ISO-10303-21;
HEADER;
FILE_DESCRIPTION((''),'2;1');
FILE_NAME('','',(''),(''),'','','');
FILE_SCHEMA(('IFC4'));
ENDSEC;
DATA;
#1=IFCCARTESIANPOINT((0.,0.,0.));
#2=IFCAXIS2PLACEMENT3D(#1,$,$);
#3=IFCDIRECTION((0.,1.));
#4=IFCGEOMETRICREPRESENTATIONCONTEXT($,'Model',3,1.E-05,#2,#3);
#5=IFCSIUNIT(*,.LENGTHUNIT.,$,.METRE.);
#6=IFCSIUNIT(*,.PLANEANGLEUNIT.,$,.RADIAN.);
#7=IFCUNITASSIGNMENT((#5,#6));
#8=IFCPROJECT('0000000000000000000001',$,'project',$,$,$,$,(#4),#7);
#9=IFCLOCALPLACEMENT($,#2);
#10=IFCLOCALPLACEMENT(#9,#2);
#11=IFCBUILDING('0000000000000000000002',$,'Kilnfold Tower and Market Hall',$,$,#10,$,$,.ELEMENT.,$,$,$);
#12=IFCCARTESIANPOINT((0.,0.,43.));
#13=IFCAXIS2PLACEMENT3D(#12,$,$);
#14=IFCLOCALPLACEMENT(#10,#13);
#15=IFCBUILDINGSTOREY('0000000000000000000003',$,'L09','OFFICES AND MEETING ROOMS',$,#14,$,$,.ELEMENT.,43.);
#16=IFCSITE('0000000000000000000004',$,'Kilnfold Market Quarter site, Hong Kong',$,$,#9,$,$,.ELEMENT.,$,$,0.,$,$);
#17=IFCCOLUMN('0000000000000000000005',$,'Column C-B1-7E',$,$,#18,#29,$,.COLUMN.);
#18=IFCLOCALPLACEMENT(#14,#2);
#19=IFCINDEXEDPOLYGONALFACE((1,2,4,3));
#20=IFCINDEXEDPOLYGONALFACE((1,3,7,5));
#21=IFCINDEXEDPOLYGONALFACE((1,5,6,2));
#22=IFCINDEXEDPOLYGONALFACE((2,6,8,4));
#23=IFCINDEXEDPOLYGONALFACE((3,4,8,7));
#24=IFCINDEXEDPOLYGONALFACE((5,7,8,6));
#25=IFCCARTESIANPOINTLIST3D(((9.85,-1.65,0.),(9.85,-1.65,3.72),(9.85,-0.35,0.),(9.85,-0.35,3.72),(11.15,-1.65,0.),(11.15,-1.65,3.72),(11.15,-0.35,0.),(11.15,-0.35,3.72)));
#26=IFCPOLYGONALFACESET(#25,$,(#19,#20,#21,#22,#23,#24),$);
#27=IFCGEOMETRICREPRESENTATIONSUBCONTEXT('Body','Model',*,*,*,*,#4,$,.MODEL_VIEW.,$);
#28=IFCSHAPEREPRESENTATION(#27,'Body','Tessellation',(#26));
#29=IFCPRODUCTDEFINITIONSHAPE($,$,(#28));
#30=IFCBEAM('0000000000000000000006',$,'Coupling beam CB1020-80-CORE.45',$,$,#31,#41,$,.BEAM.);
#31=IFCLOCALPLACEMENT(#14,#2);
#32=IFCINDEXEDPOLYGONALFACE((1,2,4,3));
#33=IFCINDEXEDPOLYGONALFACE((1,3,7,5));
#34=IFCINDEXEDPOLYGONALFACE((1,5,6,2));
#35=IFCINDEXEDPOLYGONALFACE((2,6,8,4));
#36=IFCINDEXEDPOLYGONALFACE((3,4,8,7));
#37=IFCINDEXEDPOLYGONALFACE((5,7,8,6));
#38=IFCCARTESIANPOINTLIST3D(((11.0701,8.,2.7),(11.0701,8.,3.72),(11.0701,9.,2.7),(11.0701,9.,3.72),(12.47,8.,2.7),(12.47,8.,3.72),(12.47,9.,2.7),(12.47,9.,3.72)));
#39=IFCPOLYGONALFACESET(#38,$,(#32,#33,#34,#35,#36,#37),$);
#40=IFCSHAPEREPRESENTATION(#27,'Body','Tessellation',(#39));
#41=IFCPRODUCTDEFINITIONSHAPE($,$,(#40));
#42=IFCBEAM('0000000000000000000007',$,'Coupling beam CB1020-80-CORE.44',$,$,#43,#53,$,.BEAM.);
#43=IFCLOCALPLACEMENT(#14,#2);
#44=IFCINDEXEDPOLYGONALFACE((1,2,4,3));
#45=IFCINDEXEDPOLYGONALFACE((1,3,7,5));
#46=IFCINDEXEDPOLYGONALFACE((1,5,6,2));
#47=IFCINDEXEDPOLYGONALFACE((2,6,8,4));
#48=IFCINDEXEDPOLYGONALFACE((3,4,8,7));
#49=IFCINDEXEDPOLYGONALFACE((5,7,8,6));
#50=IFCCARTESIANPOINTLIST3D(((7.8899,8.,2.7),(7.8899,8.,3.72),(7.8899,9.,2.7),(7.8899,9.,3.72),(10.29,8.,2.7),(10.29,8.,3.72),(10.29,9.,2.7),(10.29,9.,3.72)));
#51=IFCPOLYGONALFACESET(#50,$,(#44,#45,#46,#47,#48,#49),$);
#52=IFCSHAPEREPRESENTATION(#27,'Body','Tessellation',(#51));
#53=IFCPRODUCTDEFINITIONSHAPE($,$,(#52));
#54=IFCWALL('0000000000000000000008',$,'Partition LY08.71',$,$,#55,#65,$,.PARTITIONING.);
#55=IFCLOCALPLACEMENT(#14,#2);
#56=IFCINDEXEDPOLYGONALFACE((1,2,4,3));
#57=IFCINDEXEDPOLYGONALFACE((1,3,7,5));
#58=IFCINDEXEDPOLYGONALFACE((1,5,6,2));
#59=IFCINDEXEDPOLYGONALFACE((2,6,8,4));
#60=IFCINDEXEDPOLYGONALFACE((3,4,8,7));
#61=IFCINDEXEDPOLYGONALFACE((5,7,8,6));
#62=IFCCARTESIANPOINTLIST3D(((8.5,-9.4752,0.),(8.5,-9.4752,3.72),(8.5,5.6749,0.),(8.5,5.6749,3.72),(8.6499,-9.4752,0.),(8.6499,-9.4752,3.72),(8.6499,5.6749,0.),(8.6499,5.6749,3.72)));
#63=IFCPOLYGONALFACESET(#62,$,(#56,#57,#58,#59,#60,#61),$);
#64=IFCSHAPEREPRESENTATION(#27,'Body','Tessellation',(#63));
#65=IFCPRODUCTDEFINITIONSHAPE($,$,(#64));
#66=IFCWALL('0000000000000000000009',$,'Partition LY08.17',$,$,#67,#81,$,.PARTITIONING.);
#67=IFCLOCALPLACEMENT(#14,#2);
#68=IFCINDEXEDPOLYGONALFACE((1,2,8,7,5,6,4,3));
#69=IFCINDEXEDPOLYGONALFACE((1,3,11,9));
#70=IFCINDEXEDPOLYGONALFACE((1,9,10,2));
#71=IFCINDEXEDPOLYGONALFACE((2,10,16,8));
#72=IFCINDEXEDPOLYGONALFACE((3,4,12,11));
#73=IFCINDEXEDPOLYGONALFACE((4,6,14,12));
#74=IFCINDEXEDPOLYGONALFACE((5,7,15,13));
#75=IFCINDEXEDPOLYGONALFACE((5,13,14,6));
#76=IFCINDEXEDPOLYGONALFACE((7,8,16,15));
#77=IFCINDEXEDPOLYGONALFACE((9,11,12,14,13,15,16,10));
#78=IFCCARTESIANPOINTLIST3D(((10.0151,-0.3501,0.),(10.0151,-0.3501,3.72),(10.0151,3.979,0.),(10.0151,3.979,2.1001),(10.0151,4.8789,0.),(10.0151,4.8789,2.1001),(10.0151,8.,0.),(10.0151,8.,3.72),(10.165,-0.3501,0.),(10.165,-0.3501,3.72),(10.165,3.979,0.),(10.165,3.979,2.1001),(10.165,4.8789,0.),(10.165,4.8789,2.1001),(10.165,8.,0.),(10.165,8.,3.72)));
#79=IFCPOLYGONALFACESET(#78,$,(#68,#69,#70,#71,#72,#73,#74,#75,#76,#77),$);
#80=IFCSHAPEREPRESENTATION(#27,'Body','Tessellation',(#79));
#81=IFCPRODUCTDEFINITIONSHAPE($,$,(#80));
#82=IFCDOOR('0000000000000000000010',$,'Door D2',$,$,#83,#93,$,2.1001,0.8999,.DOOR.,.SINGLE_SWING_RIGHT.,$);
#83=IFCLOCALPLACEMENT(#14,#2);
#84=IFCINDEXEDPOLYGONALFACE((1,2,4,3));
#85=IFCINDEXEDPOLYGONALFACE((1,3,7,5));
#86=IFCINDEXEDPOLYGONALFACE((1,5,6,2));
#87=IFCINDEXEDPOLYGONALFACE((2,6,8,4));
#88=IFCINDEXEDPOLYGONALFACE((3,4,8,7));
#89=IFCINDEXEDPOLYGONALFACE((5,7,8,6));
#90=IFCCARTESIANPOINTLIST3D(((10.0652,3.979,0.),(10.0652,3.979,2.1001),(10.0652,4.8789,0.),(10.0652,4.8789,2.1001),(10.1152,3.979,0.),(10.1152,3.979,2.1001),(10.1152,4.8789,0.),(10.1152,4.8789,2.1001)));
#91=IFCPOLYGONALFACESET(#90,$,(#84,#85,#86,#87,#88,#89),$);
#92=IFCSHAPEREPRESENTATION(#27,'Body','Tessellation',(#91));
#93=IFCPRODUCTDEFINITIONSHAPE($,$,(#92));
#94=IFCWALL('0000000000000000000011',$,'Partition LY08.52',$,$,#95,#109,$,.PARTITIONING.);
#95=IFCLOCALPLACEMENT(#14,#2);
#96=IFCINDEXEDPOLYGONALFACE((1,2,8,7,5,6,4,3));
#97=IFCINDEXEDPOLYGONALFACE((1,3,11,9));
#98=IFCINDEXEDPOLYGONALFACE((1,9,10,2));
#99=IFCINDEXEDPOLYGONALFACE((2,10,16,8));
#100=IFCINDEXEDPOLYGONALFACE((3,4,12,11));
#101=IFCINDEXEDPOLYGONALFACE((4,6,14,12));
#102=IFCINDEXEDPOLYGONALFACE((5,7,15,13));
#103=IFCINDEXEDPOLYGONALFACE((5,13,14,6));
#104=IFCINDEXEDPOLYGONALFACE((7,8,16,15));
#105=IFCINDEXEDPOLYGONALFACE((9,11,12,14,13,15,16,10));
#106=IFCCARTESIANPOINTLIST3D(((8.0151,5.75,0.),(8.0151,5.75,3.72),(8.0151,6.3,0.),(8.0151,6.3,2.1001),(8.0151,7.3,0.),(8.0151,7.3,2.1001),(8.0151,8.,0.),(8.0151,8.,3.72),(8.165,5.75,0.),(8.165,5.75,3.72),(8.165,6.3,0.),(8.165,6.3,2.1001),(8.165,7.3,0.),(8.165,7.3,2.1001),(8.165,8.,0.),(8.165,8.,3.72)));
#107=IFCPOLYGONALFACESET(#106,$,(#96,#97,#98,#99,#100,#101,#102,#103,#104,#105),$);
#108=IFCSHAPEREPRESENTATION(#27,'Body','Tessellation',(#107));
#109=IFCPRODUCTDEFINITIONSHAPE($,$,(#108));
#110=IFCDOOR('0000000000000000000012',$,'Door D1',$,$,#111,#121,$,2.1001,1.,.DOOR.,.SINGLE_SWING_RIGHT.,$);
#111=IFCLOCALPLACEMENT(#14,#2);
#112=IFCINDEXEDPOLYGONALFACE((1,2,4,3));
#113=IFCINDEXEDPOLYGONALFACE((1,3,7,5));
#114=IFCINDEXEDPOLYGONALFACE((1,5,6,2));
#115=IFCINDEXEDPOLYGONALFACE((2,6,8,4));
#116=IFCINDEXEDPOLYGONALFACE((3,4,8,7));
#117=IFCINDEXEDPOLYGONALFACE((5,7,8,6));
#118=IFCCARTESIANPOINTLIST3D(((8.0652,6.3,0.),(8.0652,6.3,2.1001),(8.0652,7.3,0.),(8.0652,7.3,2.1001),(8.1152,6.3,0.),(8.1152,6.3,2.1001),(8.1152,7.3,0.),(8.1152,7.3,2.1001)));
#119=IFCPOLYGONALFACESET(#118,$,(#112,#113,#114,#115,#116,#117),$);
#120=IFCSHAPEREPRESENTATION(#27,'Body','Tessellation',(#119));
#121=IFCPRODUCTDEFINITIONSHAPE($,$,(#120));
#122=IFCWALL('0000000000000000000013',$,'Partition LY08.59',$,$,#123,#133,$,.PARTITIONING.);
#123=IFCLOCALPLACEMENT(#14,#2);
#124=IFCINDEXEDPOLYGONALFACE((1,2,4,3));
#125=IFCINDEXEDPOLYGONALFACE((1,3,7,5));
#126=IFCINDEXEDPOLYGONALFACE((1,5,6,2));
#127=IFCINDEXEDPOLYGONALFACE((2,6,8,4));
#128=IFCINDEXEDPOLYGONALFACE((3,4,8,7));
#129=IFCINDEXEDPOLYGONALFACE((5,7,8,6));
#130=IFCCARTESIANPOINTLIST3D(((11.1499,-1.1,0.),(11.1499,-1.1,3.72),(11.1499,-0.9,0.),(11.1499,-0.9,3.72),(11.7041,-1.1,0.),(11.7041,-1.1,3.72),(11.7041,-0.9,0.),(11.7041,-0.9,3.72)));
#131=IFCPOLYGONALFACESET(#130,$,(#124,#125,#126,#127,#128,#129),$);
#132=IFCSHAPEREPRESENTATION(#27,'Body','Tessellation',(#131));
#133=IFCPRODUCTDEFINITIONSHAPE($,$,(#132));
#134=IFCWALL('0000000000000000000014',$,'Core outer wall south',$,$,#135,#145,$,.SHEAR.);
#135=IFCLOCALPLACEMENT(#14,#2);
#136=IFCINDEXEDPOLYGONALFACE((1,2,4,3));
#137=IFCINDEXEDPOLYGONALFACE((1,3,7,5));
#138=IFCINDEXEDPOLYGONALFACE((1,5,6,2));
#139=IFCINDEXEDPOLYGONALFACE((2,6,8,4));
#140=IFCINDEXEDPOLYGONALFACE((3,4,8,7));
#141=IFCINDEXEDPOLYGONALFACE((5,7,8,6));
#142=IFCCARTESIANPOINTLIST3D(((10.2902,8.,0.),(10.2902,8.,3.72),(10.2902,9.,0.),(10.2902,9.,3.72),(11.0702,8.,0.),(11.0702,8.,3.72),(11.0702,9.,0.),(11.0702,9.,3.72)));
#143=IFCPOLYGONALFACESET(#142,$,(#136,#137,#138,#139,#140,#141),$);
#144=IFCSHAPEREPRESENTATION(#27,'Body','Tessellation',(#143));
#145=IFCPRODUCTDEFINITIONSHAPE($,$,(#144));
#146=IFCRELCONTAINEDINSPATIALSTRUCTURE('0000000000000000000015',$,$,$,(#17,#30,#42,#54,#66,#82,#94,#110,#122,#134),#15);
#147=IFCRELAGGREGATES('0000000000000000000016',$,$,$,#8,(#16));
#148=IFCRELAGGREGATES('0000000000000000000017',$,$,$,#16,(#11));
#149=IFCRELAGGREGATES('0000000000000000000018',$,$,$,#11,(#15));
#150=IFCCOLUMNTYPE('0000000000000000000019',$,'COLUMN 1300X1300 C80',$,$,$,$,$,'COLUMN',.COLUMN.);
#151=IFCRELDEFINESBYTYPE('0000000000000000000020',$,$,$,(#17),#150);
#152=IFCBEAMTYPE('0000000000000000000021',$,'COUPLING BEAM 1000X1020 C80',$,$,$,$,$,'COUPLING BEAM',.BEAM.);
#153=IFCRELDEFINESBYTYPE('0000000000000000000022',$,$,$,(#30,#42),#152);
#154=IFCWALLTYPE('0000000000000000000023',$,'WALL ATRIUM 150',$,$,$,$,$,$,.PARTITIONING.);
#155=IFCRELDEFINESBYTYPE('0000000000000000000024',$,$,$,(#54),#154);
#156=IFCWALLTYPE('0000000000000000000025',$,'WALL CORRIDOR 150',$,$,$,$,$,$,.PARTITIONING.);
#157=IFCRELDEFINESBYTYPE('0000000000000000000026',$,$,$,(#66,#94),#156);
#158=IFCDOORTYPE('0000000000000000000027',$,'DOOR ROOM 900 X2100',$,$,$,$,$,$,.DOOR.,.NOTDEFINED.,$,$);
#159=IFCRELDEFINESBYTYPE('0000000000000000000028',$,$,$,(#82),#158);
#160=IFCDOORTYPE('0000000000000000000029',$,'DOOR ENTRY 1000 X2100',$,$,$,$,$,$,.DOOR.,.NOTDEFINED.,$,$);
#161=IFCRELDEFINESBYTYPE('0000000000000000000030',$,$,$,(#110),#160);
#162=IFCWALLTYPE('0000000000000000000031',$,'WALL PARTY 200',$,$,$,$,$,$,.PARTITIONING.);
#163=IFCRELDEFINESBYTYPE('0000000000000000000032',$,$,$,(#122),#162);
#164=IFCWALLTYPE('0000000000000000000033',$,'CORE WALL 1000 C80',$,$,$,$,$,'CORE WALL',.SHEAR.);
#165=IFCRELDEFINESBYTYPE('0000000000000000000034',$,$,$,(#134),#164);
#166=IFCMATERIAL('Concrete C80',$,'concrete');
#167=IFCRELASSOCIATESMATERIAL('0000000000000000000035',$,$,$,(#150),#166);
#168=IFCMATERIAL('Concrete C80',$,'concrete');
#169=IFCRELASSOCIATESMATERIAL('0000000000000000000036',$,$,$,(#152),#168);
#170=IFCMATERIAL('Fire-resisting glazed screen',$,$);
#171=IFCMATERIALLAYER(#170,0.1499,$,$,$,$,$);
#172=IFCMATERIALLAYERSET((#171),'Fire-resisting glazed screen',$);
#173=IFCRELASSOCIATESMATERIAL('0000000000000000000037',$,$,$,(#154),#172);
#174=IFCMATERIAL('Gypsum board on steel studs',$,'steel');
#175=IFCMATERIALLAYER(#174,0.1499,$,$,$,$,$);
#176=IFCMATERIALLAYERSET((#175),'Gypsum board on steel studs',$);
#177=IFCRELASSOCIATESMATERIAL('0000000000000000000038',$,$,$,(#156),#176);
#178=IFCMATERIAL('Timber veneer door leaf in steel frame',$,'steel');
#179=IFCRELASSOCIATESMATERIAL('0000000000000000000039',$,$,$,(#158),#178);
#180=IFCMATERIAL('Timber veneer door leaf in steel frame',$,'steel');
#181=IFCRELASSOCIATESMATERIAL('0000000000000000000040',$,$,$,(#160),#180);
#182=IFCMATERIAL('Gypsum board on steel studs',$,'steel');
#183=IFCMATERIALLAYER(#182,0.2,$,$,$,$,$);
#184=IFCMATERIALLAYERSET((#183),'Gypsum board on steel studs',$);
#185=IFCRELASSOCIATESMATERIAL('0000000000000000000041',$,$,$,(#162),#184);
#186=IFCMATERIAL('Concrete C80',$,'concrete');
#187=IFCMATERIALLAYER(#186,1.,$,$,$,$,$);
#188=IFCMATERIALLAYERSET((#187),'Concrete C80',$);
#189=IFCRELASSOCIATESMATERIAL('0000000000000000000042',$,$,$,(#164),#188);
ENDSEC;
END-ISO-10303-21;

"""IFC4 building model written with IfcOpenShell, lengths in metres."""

from ifc_helpers import new_model, si_unit, direction, frame, frame_2d, origin, origin_2d, place, context, subcontext, project, spatial, rectangle, extrude, source, transform, mapped, material, layer, layer_set, material_profile, profile_set, type_object, element, fill, save


model = new_model("IFC4")

# Units and contexts
model_context = context("Model", 3, precision=1e-05, world=origin(), true_north=direction((0.0, 1.0)))
body_context = subcontext(model_context, "Body", "Model", "MODEL_VIEW")
ifc_project = project(units=[si_unit("LENGTHUNIT", "METRE"), si_unit("PLANEANGLEUNIT", "RADIAN")], contexts=[model_context])

# Site, building, storey
site_placement = place(None, origin())
site = spatial("IfcSite", under=ifc_project, at=site_placement, Name="Kilnfold Market Quarter site, Hong Kong", CompositionType="ELEMENT", RefElevation=0.0)
building_placement = place(site_placement, origin())
building = spatial("IfcBuilding", under=site, at=building_placement, Name="Kilnfold Tower and Market Hall", CompositionType="ELEMENT")
storey_placement = place(building_placement, frame((0.0, 0.0, 43.0)))
storey = spatial("IfcBuildingStorey", under=building, at=storey_placement, Name="L09", Description="OFFICES AND MEETING ROOMS", CompositionType="ELEMENT", Elevation=43.0)

# Column
ifc_material_1 = material(Name="Concrete C80", Category="concrete")
ifc_material_profile_1 = material_profile(ifc_material_1, rectangle(XDim=1.3, YDim=1.3, at=origin_2d()), Name="RC 1300x1300")
ifc_profile_set_1 = profile_set([ifc_material_profile_1], Name="Concrete C80")
column_type = type_object("IfcColumnType", Name="COLUMN 1300X1300 C80", ElementType="COLUMN", PredefinedType="COLUMN", material=ifc_profile_set_1)
shared_shape_1 = source(origin(), body_context, "Body", "SweptSolid", [
    extrude(rectangle(XDim=1.3, YDim=1.3, at=origin_2d()), origin(), (0.0, 0.0, 1.0), 3.72),
])
column_placement = place(storey_placement, frame((10.5, -1.0, 0.0), z_axis=(0.0, 0.0, 1.0), x_axis=(1.0, 0.0, 0.0)))
element("IfcColumn", 1, at=column_placement, inside=storey, type_object=column_type, Name="Column C-B1-7E", PredefinedType="COLUMN", context=body_context, shape_type="MappedRepresentation", body=[
    mapped(shared_shape_1, transform((0.0, 0.0, 0.0))),
])

# Beams
ifc_material_2 = material(Name="Concrete C80", Category="concrete")
ifc_material_profile_2 = material_profile(ifc_material_2, rectangle(XDim=1.0, YDim=1.02, at=origin_2d()), Name="RC 1000x1020")
ifc_profile_set_2 = profile_set([ifc_material_profile_2], Name="Concrete C80")
beam_type = type_object("IfcBeamType", Name="COUPLING BEAM 1000X1020 C80", ElementType="COUPLING BEAM", PredefinedType="BEAM", material=ifc_profile_set_2)
shared_shape_2 = source(origin(), body_context, "Body", "SweptSolid", [
    extrude(rectangle(XDim=1.0, YDim=1.02, at=origin_2d()), origin(), (0.0, 0.0, 1.0), 1.3999),
])
beam_1_placement = place(storey_placement, frame((11.0701, 8.5, 3.21), z_axis=(1.0, 0.0, 0.0), x_axis=(0.0, 1.0, 0.0)))
element("IfcBeam", 2, at=beam_1_placement, inside=storey, type_object=beam_type, Name="Coupling beam CB1020-80-CORE.45", PredefinedType="BEAM", context=body_context, shape_type="MappedRepresentation", body=[
    mapped(shared_shape_2, transform((0.0, 0.0, 0.0))),
])
shared_shape_3 = source(origin(), body_context, "Body", "SweptSolid", [
    extrude(rectangle(XDim=1.0, YDim=1.02, at=origin_2d()), origin(), (0.0, 0.0, 1.0), 2.4001),
])
beam_2_placement = place(storey_placement, frame((7.8899, 8.5, 3.21), z_axis=(1.0, 0.0, 0.0), x_axis=(0.0, 1.0, 0.0)))
element("IfcBeam", 3, at=beam_2_placement, inside=storey, type_object=beam_type, Name="Coupling beam CB1020-80-CORE.44", PredefinedType="BEAM", context=body_context, shape_type="MappedRepresentation", body=[
    mapped(shared_shape_3, transform((0.0, 0.0, 0.0))),
])

# Wall
ifc_material_3 = material(Name="Fire-resisting glazed screen")
ifc_layer_1 = layer(ifc_material_3, 0.1499)
ifc_layer_set_1 = layer_set([ifc_layer_1], Name="Fire-resisting glazed screen")
wall_type_1 = type_object("IfcWallType", Name="WALL ATRIUM 150", PredefinedType="PARTITIONING", material=ifc_layer_set_1)
wall_1_placement = place(storey_placement, frame((8.575, 5.675, 0.0), z_axis=(0.0, 0.0, 1.0), x_axis=(0.0, -1.0, 0.0)))
element("IfcWall", 4, at=wall_1_placement, inside=storey, type_object=wall_type_1, Name="Partition LY08.71", PredefinedType="PARTITIONING", context=body_context, shape_type="SweptSolid", body=[
    extrude(rectangle(XDim=15.1501, YDim=0.1499, at=frame_2d((7.5752, 0.0))), origin(), (0.0, 0.0, 1.0), 3.72),
])

# Walls, openings, doors
ifc_material_4 = material(Name="Gypsum board on steel studs", Category="steel")
ifc_layer_2 = layer(ifc_material_4, 0.1499)
ifc_layer_set_2 = layer_set([ifc_layer_2], Name="Gypsum board on steel studs")
wall_type_2 = type_object("IfcWallType", Name="WALL CORRIDOR 150", PredefinedType="PARTITIONING", material=ifc_layer_set_2)
wall_2_placement = place(storey_placement, frame((10.0901, -0.3501, 0.0), z_axis=(0.0, 0.0, 1.0), x_axis=(0.0, 1.0, 0.0)))
wall_2 = element("IfcWall", 5, at=wall_2_placement, inside=storey, type_object=wall_type_2, Name="Partition LY08.17", PredefinedType="PARTITIONING", context=body_context, shape_type="SweptSolid", body=[
    extrude(rectangle(XDim=8.3501, YDim=0.1499, at=frame_2d((4.175, 0.0))), origin(), (0.0, 0.0, 1.0), 3.72),
])
opening_1_placement = place(wall_2_placement, frame((4.3291, 0.0, 0.0)))
opening_1 = element("IfcOpeningElement", 6, at=opening_1_placement, cuts=wall_2, PredefinedType="OPENING", context=body_context, shape_type="SweptSolid", body=[
    extrude(rectangle(XDim=0.8999, YDim=2.1001, at=frame_2d((0.45, 1.05))), frame((0.0, 0.085, 0.0), z_axis=(0.0, -1.0, 0.0), x_axis=(1.0, 0.0, 0.0)), (0.0, 0.0, 1.0), 0.1699),
])
ifc_material_5 = material(Name="Timber veneer door leaf in steel frame", Category="steel")
door_type_1 = type_object("IfcDoorType", Name="DOOR ROOM 900 X2100", OperationType="NOTDEFINED", PredefinedType="DOOR", material=ifc_material_5)
door_1_placement = place(opening_1_placement, origin())
door_1 = element("IfcDoor", 7, at=door_1_placement, inside=storey, type_object=door_type_1, Name="Door D2", OperationType="SINGLE_SWING_RIGHT", OverallHeight=2.1001, OverallWidth=0.8999, PredefinedType="DOOR", context=body_context, shape_type="SweptSolid", body=[
    extrude(rectangle(XDim=0.8999, YDim=2.1001, at=frame_2d((0.45, 1.05))), frame((0.0, 0.0249, 0.0), z_axis=(0.0, -1.0, 0.0), x_axis=(1.0, 0.0, 0.0)), (0.0, 0.0, 1.0), 0.05),
])
fill(opening_1, door_1)
wall_3_placement = place(storey_placement, frame((8.0901, 5.75, 0.0), z_axis=(0.0, 0.0, 1.0), x_axis=(0.0, 1.0, 0.0)))
wall_3 = element("IfcWall", 8, at=wall_3_placement, inside=storey, type_object=wall_type_2, Name="Partition LY08.52", PredefinedType="PARTITIONING", context=body_context, shape_type="SweptSolid", body=[
    extrude(rectangle(XDim=2.25, YDim=0.1499, at=frame_2d((1.125, 0.0))), origin(), (0.0, 0.0, 1.0), 3.72),
])
opening_2_placement = place(wall_3_placement, frame((0.55, 0.0, 0.0)))
opening_2 = element("IfcOpeningElement", 9, at=opening_2_placement, cuts=wall_3, PredefinedType="OPENING", context=body_context, shape_type="SweptSolid", body=[
    extrude(rectangle(XDim=1.0, YDim=2.1001, at=frame_2d((0.5, 1.05))), frame((0.0, 0.085, 0.0), z_axis=(0.0, -1.0, 0.0), x_axis=(1.0, 0.0, 0.0)), (0.0, 0.0, 1.0), 0.1699),
])
ifc_material_6 = material(Name="Timber veneer door leaf in steel frame", Category="steel")
door_type_2 = type_object("IfcDoorType", Name="DOOR ENTRY 1000 X2100", OperationType="NOTDEFINED", PredefinedType="DOOR", material=ifc_material_6)
door_2_placement = place(opening_2_placement, origin())
door_2 = element("IfcDoor", 10, at=door_2_placement, inside=storey, type_object=door_type_2, Name="Door D1", OperationType="SINGLE_SWING_RIGHT", OverallHeight=2.1001, OverallWidth=1.0, PredefinedType="DOOR", context=body_context, shape_type="SweptSolid", body=[
    extrude(rectangle(XDim=1.0, YDim=2.1001, at=frame_2d((0.5, 1.05))), frame((0.0, 0.0249, 0.0), z_axis=(0.0, -1.0, 0.0), x_axis=(1.0, 0.0, 0.0)), (0.0, 0.0, 1.0), 0.05),
])
fill(opening_2, door_2)

# Walls
ifc_material_7 = material(Name="Gypsum board on steel studs", Category="steel")
ifc_layer_3 = layer(ifc_material_7, 0.2)
ifc_layer_set_3 = layer_set([ifc_layer_3], Name="Gypsum board on steel studs")
wall_type_3 = type_object("IfcWallType", Name="WALL PARTY 200", PredefinedType="PARTITIONING", material=ifc_layer_set_3)
wall_4_placement = place(storey_placement, frame((11.1499, -1.0, 0.0), z_axis=(0.0, 0.0, 1.0), x_axis=(1.0, 0.0, 0.0)))
element("IfcWall", 11, at=wall_4_placement, inside=storey, type_object=wall_type_3, Name="Partition LY08.59", PredefinedType="PARTITIONING", context=body_context, shape_type="SweptSolid", body=[
    extrude(rectangle(XDim=0.5542, YDim=0.2, at=frame_2d((0.2771, 0.0))), origin(), (0.0, 0.0, 1.0), 3.72),
])
ifc_material_8 = material(Name="Concrete C80", Category="concrete")
ifc_layer_4 = layer(ifc_material_8, 1.0)
ifc_layer_set_4 = layer_set([ifc_layer_4], Name="Concrete C80")
wall_type_4 = type_object("IfcWallType", Name="CORE WALL 1000 C80", ElementType="CORE WALL", PredefinedType="SHEAR", material=ifc_layer_set_4)
shared_shape_4 = source(origin(), body_context, "Body", "SweptSolid", [
    extrude(rectangle(XDim=0.78, YDim=1.0, at=frame_2d((0.3901, 0.0))), origin(), (0.0, 0.0, 1.0), 3.72),
])
wall_5_placement = place(storey_placement, frame((10.29, 8.5, 0.0), z_axis=(0.0, 0.0, 1.0), x_axis=(1.0, 0.0, 0.0)))
element("IfcWall", 12, at=wall_5_placement, inside=storey, type_object=wall_type_4, Name="Core outer wall south", PredefinedType="SHEAR", context=body_context, shape_type="MappedRepresentation", body=[
    mapped(shared_shape_4, transform((0.0, 0.0, 0.0))),
])

save(model, "model.ifc")
